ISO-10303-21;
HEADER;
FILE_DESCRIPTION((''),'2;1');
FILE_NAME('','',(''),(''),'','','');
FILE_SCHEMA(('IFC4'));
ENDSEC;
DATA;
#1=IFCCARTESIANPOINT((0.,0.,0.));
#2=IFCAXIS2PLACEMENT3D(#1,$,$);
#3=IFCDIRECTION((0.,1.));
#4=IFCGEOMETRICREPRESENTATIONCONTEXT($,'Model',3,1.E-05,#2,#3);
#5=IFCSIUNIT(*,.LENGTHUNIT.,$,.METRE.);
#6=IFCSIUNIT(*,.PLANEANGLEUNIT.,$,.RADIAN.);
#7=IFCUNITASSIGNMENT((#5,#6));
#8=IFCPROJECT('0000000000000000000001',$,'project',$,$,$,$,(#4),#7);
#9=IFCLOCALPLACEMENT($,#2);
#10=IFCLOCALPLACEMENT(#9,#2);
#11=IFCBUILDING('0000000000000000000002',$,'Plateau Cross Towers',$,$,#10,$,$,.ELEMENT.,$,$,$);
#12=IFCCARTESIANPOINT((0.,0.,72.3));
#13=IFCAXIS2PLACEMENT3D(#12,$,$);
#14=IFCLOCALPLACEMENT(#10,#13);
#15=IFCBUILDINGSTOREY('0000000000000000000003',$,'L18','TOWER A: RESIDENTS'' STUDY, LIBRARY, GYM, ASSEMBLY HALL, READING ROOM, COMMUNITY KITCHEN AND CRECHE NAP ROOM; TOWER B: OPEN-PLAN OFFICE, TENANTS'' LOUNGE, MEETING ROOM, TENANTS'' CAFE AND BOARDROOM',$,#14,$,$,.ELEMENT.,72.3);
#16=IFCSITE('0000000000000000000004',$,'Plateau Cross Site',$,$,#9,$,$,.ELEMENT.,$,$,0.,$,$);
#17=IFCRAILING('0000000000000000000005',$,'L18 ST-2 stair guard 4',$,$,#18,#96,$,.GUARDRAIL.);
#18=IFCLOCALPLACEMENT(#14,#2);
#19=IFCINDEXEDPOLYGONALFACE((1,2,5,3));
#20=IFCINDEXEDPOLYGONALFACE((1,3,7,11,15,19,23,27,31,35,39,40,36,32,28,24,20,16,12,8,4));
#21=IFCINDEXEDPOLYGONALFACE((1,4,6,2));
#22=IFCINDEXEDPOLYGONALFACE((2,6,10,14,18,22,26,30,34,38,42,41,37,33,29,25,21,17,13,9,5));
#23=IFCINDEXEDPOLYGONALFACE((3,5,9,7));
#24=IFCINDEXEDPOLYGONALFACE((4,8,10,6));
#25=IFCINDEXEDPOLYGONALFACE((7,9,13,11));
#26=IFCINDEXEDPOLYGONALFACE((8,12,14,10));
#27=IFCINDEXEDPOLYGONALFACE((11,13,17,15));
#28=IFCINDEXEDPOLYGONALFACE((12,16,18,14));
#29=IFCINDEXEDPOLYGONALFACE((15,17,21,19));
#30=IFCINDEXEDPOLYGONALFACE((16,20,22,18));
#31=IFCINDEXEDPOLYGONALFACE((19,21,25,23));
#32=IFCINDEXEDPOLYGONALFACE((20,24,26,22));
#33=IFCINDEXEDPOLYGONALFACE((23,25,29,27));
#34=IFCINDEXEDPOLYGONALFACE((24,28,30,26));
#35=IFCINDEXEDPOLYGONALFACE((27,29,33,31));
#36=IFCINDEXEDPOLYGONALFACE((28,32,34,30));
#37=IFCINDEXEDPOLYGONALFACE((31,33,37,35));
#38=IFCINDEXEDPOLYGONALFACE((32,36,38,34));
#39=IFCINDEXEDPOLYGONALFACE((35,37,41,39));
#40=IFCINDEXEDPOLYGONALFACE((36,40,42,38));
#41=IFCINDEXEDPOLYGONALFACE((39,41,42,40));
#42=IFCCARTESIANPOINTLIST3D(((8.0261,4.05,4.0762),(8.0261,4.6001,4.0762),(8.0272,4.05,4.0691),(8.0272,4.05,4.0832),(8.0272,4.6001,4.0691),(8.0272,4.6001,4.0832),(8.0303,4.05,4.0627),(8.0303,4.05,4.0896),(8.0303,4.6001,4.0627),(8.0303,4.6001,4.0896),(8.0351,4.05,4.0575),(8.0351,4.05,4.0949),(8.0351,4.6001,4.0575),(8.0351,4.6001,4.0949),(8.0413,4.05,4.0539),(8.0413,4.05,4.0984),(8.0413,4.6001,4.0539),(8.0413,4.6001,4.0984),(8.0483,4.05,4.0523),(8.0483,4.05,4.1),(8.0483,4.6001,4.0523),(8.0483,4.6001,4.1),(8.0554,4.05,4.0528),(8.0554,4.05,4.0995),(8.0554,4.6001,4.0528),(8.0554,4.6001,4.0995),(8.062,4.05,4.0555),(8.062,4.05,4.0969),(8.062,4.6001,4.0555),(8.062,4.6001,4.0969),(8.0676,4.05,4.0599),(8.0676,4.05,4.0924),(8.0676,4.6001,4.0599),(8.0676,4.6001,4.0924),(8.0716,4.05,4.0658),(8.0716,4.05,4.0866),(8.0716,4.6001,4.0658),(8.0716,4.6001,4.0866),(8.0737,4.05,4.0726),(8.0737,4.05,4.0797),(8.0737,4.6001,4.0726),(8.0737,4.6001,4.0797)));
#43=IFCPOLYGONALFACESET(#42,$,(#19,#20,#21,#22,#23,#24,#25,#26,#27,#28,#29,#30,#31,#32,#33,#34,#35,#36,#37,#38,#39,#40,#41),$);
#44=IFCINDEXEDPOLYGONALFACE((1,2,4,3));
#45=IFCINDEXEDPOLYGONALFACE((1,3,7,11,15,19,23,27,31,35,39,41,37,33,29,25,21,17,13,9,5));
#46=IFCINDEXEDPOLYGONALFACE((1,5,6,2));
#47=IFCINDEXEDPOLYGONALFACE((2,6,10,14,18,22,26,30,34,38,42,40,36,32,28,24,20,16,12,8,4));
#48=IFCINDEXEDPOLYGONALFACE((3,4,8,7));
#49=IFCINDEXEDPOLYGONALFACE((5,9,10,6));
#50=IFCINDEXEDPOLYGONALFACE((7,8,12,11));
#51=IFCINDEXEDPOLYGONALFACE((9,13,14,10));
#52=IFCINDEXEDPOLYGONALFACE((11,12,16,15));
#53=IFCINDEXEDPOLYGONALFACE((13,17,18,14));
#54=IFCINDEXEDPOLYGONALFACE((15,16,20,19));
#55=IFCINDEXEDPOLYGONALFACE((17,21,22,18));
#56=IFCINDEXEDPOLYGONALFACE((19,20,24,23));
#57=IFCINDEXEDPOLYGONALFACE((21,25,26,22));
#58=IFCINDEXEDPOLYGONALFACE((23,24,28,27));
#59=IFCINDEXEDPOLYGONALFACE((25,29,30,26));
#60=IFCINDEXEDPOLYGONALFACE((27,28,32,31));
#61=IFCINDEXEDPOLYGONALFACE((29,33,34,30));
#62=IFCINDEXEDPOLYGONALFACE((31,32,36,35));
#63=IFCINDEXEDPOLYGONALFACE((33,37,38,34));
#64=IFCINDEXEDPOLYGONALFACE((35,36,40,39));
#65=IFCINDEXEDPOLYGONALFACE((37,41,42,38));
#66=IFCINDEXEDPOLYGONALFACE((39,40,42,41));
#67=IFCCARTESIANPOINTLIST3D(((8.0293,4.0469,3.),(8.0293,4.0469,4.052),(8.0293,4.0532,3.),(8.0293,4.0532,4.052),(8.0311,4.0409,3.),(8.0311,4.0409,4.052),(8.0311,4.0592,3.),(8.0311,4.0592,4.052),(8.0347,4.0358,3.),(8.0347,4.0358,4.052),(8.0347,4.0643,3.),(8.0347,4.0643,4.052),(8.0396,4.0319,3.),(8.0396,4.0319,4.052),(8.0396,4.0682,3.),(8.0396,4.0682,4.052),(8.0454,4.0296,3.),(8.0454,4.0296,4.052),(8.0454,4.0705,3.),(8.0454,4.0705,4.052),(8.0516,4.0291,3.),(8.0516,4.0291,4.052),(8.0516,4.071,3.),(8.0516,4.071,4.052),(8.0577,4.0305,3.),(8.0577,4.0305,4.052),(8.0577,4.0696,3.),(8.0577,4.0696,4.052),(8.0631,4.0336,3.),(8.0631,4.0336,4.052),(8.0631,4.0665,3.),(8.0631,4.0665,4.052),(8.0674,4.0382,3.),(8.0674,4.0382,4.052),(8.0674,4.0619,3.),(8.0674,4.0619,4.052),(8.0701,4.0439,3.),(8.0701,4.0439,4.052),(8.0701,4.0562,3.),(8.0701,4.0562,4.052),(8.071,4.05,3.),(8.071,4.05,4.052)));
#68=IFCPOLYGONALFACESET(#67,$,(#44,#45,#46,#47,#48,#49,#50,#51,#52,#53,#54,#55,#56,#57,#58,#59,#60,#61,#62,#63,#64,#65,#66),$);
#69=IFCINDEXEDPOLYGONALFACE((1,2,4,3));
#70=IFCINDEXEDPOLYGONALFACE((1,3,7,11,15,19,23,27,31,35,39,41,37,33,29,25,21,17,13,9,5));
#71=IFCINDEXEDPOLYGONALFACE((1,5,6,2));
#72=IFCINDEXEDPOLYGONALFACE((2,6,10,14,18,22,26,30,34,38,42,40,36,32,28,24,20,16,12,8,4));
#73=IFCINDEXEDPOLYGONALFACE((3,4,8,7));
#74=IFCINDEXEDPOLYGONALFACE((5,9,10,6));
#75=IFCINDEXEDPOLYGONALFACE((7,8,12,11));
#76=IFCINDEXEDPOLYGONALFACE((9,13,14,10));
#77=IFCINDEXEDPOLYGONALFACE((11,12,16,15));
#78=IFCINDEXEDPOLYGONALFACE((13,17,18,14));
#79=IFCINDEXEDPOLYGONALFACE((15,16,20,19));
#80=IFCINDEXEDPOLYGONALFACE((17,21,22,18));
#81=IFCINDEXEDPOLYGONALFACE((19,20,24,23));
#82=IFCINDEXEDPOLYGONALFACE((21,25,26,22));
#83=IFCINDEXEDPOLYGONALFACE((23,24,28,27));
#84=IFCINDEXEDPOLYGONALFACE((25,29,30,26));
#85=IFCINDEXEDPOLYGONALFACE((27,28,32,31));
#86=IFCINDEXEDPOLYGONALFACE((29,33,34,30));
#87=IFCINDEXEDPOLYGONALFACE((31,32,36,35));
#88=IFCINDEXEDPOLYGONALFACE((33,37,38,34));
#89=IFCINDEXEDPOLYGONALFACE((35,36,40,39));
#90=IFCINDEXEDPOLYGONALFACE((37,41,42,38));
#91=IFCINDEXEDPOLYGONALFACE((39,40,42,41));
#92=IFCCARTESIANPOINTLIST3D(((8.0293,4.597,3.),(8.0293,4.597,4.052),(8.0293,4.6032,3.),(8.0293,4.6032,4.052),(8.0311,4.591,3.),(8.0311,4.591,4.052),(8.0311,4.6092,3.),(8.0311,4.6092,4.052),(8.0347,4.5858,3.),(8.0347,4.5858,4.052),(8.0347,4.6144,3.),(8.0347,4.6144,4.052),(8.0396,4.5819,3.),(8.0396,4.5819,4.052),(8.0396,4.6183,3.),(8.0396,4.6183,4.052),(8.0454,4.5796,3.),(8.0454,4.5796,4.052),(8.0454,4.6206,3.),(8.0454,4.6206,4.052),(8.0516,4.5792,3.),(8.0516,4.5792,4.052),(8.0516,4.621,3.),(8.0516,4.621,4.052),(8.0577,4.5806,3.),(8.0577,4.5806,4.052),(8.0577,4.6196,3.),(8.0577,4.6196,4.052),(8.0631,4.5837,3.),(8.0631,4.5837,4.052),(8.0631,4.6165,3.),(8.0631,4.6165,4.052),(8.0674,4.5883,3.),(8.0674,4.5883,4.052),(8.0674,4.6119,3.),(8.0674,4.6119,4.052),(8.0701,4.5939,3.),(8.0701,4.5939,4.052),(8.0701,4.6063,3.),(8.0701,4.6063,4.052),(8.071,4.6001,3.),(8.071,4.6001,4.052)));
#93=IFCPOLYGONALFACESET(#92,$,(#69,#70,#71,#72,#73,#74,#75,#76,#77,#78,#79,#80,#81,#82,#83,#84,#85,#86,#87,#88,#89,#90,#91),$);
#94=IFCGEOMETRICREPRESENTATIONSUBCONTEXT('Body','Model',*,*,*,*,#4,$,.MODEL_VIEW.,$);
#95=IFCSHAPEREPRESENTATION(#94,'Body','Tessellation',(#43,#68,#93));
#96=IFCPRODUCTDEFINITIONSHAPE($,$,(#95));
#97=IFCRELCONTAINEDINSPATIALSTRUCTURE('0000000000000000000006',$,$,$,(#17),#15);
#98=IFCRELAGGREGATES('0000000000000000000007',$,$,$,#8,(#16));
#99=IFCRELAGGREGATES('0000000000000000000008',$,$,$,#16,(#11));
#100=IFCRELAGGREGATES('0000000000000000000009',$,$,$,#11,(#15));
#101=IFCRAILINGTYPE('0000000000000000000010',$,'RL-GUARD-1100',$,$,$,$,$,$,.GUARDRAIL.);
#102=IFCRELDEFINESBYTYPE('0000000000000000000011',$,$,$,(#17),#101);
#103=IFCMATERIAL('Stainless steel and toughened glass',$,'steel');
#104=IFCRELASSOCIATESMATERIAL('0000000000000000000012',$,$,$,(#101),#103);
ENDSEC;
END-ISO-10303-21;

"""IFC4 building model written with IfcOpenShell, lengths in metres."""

from ifc_helpers import new_model, si_unit, direction, frame, origin, origin_2d, place, context, subcontext, project, spatial, circle, extrude, material, type_object, element, save


model = new_model("IFC4")

# Units and contexts
model_context = context("Model", 3, precision=1e-05, world=origin(), true_north=direction((0.0, 1.0)))
body_context = subcontext(model_context, "Body", "Model", "MODEL_VIEW")
ifc_project = project(units=[si_unit("LENGTHUNIT", "METRE"), si_unit("PLANEANGLEUNIT", "RADIAN")], contexts=[model_context])

# Site, building, storey
site_placement = place(None, origin())
site = spatial("IfcSite", under=ifc_project, at=site_placement, Name="Plateau Cross Site", CompositionType="ELEMENT", RefElevation=0.0)
building_placement = place(site_placement, origin())
building = spatial("IfcBuilding", under=site, at=building_placement, Name="Plateau Cross Towers", CompositionType="ELEMENT")
storey_placement = place(building_placement, frame((0.0, 0.0, 72.3)))
storey = spatial("IfcBuildingStorey", under=building, at=storey_placement, Name="L18", Description="TOWER A: RESIDENTS' STUDY, LIBRARY, GYM, ASSEMBLY HALL, READING ROOM, COMMUNITY KITCHEN AND CRECHE NAP ROOM; TOWER B: OPEN-PLAN OFFICE, TENANTS' LOUNGE, MEETING ROOM, TENANTS' CAFE AND BOARDROOM", CompositionType="ELEMENT", Elevation=72.3)

# Railing
ifc_material_1 = material(Name="Stainless steel and toughened glass", Category="steel")
railing_type_1 = type_object("IfcRailingType", Name="RL-GUARD-1100", PredefinedType="GUARDRAIL", material=ifc_material_1)
railing_1_placement = place(storey_placement, frame((8.05, 4.05, 3.0)))
element("IfcRailing", 1, at=railing_1_placement, inside=storey, type_object=railing_type_1, Name="L18 ST-2 stair guard 4", PredefinedType="GUARDRAIL", context=body_context, shape_type="SweptSolid", body=[
    extrude(circle(Radius=0.0239, at=origin_2d()), frame((0.0, 0.0, 1.0762), z_axis=(0.0, 1.0, 0.0), x_axis=(-1.0, 0.0, 0.0)), (0.0, 0.0, 1.0), 0.55),
    extrude(circle(Radius=0.021, at=origin_2d()), origin(), (0.0, 0.0, 1.0), 1.052),
    extrude(circle(Radius=0.021, at=origin_2d()), frame((0.0, 0.55, 0.0)), (0.0, 0.0, 1.0), 1.052),
])

save(model, "model.ifc")
